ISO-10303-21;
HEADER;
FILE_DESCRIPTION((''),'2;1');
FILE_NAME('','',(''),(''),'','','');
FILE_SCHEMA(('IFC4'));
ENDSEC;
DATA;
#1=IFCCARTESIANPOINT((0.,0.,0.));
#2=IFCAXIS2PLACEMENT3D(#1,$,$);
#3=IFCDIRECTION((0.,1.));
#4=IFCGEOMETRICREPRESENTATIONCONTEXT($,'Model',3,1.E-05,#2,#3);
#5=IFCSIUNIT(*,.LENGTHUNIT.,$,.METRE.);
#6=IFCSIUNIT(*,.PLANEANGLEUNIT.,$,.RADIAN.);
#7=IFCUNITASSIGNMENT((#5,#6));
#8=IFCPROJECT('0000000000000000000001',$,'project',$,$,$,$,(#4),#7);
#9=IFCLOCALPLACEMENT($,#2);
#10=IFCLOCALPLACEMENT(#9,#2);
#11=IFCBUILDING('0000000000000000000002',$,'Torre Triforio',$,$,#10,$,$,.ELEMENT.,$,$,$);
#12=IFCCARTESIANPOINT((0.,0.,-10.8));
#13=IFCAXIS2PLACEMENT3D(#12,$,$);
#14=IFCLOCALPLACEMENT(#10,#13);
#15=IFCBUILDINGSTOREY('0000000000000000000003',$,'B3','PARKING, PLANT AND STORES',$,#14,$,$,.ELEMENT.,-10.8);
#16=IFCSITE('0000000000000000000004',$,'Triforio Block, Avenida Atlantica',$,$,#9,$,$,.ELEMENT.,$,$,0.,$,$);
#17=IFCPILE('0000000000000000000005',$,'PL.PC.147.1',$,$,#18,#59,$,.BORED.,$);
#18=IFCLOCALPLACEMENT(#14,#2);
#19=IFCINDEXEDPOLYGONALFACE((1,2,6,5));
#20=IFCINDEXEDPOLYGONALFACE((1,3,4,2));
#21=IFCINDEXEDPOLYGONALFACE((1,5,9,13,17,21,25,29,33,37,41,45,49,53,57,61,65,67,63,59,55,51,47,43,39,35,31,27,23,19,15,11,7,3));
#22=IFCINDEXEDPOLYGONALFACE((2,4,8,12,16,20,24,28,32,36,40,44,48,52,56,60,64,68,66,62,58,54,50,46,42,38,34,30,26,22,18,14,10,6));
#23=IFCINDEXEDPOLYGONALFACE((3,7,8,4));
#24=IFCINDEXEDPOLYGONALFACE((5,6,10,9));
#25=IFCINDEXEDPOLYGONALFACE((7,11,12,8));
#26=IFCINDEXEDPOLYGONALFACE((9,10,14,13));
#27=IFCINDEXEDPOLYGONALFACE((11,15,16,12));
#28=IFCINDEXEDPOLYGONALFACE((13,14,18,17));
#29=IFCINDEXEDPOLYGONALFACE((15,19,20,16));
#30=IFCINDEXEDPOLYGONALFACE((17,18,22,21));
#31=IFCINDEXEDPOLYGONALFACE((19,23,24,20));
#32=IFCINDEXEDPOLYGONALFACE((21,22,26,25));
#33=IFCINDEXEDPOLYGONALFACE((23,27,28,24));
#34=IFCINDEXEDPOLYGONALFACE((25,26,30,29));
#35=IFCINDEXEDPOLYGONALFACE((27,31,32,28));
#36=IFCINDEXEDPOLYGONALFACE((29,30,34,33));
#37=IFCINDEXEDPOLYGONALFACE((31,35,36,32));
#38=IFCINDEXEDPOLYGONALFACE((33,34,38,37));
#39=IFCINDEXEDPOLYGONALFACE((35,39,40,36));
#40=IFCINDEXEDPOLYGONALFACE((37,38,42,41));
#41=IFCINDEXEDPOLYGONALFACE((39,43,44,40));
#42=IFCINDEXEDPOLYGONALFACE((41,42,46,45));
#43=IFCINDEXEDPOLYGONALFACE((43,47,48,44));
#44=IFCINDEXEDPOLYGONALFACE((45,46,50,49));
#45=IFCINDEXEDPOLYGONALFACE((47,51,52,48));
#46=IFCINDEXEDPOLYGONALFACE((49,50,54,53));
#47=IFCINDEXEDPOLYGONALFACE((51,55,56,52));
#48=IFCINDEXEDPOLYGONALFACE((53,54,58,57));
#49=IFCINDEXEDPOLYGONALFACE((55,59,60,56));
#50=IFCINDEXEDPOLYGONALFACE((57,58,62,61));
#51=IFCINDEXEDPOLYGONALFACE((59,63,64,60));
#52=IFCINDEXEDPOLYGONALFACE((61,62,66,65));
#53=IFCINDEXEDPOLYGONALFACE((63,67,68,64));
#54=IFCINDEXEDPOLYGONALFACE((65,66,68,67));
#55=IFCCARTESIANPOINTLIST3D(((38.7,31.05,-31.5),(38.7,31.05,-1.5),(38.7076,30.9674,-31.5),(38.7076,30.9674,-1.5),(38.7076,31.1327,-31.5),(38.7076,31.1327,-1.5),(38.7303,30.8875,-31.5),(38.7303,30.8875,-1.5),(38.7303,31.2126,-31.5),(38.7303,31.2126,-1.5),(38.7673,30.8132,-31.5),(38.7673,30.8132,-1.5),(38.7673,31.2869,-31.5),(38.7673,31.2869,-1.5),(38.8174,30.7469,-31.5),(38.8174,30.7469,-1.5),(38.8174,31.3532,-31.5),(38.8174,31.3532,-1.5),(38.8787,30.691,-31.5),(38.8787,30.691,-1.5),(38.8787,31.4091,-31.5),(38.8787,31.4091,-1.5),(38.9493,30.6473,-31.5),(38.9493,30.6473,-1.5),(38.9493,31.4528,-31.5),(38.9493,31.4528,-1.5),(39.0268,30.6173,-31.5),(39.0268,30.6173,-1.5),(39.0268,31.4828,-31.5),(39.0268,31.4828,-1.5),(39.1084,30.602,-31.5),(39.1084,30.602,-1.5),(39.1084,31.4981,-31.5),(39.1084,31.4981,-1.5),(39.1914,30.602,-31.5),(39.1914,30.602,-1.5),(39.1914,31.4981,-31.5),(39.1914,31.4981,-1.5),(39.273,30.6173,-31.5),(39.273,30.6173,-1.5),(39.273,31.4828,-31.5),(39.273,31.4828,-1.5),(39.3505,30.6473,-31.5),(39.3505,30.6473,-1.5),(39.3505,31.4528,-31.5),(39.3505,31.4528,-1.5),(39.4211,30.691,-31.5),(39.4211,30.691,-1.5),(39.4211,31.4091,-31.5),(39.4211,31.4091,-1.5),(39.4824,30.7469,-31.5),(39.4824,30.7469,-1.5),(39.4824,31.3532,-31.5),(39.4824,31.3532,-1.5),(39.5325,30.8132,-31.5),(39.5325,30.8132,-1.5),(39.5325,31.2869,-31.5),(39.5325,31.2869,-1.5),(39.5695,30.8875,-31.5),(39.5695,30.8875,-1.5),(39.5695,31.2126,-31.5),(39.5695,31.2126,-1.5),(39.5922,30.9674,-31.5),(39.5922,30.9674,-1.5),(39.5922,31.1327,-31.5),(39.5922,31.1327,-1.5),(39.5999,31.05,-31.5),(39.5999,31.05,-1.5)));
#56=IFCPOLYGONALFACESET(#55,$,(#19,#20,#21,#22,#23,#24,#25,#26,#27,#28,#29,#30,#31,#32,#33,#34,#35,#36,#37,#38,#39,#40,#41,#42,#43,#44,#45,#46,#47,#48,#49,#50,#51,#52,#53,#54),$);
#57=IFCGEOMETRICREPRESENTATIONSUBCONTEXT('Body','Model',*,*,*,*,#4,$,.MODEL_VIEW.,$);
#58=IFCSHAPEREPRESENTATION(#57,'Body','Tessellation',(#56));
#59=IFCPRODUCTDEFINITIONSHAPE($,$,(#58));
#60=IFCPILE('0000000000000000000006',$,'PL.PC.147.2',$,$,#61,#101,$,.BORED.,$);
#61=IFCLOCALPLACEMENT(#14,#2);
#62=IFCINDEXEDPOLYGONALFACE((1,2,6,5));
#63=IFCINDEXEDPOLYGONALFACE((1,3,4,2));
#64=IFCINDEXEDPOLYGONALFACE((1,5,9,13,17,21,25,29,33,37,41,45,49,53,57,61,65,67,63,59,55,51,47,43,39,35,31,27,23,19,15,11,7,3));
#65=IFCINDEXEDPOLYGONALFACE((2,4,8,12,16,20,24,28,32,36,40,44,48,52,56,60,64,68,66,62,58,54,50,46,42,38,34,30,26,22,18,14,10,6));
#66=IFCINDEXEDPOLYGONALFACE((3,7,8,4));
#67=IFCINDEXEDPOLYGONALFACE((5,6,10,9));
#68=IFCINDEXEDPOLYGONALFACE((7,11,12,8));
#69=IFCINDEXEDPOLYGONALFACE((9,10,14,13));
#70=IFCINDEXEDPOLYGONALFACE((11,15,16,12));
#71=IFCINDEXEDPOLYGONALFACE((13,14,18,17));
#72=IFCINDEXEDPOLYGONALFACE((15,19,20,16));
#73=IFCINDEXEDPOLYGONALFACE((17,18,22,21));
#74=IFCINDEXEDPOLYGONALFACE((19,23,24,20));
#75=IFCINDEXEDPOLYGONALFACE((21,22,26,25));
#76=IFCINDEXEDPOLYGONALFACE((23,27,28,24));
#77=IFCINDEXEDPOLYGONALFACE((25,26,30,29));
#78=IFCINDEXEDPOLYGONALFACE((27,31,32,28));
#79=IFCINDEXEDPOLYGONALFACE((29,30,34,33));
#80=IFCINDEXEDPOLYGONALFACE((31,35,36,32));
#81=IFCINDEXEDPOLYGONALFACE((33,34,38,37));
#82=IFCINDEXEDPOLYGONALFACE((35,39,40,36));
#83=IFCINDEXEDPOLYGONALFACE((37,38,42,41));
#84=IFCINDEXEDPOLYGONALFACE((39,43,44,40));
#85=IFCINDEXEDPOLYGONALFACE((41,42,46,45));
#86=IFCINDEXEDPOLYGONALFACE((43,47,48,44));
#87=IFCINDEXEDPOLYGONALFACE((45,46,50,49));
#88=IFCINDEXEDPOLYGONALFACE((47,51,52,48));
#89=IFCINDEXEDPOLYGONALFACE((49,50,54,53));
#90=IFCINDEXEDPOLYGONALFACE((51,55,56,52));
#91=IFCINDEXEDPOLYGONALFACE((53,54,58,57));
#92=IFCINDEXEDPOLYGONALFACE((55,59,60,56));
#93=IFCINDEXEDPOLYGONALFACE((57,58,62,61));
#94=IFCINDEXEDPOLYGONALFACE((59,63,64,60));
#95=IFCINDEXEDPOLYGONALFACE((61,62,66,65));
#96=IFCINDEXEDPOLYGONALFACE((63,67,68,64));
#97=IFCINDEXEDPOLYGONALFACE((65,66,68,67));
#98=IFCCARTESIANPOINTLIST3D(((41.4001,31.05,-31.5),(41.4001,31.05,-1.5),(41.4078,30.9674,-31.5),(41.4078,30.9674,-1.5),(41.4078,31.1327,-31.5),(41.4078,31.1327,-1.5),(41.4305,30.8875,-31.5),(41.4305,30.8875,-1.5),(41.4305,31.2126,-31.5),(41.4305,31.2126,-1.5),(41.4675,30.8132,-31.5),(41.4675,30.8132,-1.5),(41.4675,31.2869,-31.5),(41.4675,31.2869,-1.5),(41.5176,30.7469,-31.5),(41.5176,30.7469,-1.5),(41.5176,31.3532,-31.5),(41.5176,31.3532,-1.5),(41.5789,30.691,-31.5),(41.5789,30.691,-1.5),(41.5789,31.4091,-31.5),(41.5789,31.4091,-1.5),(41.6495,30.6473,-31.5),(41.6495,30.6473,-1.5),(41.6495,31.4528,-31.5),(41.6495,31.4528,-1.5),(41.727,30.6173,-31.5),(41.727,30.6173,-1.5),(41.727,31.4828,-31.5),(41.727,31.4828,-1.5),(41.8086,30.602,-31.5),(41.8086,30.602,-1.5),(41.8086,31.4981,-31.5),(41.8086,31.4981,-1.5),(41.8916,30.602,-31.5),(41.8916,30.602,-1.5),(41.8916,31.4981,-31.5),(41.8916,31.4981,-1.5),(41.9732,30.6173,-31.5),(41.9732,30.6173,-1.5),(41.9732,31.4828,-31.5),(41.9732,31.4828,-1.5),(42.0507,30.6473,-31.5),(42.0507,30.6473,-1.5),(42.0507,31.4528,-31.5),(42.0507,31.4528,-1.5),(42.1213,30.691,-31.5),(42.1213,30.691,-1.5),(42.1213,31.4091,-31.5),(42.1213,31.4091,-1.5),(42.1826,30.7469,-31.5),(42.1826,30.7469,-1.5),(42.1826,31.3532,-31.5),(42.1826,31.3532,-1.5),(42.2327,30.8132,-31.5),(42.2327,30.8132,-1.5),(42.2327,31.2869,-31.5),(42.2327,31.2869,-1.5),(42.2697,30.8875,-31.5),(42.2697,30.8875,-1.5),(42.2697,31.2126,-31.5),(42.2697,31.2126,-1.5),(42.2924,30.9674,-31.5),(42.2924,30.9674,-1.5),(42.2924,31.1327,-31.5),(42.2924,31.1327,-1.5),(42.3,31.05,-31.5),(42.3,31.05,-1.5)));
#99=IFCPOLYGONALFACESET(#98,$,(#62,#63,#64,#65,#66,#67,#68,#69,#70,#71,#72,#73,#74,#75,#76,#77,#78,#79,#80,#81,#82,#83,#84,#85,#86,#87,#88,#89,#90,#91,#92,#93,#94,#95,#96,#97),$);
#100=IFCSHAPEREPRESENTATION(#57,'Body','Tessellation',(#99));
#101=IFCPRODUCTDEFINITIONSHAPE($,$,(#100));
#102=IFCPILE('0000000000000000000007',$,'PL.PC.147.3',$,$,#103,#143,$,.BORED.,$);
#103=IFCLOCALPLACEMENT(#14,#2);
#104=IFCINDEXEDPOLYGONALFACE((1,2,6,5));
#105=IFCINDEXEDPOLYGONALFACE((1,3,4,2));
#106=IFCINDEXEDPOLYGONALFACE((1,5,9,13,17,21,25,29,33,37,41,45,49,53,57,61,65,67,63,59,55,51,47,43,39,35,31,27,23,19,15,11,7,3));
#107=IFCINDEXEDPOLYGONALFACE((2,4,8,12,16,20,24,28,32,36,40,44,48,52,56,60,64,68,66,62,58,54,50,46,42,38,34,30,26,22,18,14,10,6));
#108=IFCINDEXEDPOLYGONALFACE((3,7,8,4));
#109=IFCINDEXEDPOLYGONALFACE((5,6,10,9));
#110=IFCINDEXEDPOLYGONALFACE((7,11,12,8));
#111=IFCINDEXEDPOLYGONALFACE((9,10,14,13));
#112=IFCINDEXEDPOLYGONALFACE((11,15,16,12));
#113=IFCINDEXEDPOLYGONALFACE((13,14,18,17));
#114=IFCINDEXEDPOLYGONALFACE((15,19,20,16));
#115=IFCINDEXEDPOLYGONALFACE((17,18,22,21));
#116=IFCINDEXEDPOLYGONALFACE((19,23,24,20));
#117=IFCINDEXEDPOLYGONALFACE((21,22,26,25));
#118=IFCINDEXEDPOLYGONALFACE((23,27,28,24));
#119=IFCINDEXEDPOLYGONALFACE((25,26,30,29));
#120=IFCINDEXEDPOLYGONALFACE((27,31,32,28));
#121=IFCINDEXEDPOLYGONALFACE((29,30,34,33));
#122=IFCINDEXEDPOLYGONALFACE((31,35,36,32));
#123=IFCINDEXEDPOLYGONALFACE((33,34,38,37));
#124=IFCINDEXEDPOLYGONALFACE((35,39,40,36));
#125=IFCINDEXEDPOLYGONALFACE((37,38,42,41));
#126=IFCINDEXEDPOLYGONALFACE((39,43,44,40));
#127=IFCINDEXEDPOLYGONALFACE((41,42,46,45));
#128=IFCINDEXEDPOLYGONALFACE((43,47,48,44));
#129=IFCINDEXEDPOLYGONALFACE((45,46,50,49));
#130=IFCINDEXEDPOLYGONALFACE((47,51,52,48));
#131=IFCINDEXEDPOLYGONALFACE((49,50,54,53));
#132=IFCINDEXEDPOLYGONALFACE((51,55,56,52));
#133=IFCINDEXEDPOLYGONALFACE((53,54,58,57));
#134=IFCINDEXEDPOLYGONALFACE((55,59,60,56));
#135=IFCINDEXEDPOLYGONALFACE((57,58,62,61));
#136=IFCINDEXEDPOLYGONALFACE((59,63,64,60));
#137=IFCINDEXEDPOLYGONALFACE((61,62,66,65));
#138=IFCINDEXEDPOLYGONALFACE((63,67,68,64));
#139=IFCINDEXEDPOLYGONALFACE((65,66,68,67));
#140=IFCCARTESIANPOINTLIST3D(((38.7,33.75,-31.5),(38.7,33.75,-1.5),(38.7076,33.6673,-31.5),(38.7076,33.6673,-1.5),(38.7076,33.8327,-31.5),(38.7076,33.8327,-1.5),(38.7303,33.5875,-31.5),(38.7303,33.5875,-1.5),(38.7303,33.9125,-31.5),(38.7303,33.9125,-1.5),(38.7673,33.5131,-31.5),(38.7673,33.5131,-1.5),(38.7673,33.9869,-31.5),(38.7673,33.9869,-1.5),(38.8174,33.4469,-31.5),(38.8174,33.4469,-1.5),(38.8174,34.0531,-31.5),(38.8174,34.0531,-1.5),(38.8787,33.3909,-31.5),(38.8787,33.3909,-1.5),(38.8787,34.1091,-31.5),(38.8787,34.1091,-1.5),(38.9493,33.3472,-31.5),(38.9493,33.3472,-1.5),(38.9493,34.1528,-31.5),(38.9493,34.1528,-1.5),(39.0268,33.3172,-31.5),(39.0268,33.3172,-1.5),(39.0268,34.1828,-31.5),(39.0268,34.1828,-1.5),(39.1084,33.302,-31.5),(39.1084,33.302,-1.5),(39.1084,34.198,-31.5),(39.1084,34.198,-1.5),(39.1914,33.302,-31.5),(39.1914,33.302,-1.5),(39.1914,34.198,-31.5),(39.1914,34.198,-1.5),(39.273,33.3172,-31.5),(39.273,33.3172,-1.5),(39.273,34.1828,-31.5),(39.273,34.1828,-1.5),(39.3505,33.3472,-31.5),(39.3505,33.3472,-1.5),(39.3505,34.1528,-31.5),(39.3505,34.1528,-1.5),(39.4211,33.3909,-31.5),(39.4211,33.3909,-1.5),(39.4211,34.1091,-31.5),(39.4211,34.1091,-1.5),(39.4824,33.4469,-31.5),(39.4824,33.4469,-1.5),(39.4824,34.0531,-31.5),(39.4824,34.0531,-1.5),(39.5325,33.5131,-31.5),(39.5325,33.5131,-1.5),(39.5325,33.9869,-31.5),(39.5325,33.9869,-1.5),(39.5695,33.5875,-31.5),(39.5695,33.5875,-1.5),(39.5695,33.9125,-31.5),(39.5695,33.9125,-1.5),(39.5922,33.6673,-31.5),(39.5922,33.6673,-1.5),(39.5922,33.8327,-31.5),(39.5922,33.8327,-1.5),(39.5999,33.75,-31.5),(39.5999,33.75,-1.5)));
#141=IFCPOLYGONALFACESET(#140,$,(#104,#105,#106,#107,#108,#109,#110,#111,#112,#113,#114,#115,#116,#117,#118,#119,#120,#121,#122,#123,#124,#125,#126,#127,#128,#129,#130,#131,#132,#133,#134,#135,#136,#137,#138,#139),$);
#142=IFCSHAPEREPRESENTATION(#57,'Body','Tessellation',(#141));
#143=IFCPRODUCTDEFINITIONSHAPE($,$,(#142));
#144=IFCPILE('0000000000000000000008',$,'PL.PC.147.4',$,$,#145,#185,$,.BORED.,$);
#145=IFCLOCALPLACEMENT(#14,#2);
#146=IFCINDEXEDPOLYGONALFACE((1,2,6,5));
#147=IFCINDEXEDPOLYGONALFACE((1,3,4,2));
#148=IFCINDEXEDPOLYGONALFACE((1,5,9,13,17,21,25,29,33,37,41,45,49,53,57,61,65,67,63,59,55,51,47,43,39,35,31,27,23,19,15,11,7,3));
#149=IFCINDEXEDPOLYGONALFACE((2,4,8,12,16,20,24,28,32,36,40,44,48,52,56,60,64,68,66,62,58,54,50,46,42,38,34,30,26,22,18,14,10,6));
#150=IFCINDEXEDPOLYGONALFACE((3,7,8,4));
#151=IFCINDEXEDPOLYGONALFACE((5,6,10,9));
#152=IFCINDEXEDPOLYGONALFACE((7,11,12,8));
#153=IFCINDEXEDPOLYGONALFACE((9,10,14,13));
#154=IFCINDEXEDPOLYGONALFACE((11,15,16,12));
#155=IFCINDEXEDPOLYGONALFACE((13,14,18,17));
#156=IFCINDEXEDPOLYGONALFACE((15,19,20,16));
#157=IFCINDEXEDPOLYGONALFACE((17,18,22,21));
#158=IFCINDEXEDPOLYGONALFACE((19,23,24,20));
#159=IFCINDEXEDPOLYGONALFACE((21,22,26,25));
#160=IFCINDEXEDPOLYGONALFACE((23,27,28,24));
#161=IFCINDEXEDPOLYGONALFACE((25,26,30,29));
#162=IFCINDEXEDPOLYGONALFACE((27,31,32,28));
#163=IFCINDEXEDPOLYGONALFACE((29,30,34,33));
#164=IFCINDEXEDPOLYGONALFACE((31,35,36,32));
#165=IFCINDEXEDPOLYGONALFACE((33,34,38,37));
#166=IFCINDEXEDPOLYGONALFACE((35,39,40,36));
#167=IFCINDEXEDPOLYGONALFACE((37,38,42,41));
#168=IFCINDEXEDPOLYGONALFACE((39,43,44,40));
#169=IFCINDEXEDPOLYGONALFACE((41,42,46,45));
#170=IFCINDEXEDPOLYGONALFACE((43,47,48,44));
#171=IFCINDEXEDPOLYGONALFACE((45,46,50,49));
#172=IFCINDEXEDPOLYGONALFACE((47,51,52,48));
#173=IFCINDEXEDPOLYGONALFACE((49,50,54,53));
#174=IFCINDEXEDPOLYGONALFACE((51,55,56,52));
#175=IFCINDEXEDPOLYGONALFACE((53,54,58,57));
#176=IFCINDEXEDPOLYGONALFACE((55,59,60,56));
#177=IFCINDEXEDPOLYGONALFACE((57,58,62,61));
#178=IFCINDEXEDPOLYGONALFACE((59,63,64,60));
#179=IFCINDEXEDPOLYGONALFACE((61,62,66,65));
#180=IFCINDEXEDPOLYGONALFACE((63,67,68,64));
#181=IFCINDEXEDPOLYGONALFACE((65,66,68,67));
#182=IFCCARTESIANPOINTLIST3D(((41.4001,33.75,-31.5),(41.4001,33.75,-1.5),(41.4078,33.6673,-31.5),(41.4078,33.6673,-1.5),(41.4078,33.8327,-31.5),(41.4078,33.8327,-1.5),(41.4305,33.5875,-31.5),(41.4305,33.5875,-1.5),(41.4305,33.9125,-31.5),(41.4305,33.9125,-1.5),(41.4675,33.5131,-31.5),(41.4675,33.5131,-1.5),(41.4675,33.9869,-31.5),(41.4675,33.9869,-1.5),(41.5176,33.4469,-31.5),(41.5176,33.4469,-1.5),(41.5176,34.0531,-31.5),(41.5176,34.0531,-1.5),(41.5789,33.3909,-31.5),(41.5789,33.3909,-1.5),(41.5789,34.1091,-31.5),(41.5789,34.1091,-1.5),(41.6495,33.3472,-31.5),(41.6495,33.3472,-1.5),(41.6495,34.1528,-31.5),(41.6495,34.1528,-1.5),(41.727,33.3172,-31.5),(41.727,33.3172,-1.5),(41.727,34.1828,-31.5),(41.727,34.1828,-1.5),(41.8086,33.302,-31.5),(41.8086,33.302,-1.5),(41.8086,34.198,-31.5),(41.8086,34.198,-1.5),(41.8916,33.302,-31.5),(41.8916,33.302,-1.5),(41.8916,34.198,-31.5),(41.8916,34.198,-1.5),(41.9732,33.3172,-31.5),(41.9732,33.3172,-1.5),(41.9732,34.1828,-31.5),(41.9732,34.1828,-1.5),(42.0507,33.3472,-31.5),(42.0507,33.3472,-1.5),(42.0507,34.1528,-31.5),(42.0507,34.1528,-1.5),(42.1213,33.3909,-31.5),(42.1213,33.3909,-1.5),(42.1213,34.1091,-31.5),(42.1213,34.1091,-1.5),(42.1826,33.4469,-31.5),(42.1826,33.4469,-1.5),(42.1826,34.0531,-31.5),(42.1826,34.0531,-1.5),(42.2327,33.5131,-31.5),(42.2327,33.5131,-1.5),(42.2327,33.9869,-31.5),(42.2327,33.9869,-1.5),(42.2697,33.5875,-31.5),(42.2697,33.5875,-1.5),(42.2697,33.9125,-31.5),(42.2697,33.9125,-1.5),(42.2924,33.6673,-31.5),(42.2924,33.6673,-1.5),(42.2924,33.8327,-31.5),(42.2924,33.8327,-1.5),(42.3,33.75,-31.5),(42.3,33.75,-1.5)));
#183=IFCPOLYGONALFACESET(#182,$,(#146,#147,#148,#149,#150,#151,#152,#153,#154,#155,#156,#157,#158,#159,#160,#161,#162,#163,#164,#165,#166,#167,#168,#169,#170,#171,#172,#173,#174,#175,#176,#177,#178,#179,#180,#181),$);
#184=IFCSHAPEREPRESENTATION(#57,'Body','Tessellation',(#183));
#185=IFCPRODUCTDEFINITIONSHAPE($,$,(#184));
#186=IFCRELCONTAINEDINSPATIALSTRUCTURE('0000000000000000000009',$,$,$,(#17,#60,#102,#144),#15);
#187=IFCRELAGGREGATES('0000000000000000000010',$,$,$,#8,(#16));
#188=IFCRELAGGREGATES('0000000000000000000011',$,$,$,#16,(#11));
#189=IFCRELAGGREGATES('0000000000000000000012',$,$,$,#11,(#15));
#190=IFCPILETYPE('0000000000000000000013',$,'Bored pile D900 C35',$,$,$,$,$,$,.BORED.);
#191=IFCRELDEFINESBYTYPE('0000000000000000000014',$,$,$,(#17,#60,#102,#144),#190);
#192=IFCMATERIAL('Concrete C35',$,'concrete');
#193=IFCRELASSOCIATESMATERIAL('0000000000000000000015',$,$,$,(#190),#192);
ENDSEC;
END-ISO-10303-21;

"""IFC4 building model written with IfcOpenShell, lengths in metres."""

from ifc_helpers import new_model, si_unit, direction, frame, origin, origin_2d, place, context, subcontext, project, spatial, circle, extrude, material, material_profile, profile_set, type_object, element, save


model = new_model("IFC4")

# Units and contexts
model_context = context("Model", 3, precision=1e-05, world=origin(), true_north=direction((0.0, 1.0)))
body_context = subcontext(model_context, "Body", "Model", "MODEL_VIEW")
ifc_project = project(units=[si_unit("LENGTHUNIT", "METRE"), si_unit("PLANEANGLEUNIT", "RADIAN")], contexts=[model_context])

# Site, building, storey
site_placement = place(None, origin())
site = spatial("IfcSite", under=ifc_project, at=site_placement, Name="Triforio Block, Avenida Atlantica", CompositionType="ELEMENT", RefElevation=0.0)
building_placement = place(site_placement, origin())
building = spatial("IfcBuilding", under=site, at=building_placement, Name="Torre Triforio", CompositionType="ELEMENT")
storey_placement = place(building_placement, frame((0.0, 0.0, -10.8)))
storey = spatial("IfcBuildingStorey", under=building, at=storey_placement, Name="B3", Description="PARKING, PLANT AND STORES", CompositionType="ELEMENT", Elevation=-10.8)

# Piles
ifc_material_1 = material(Name="Concrete C35", Category="concrete")
ifc_material_profile_1 = material_profile(ifc_material_1, circle(Radius=0.45, at=origin_2d()), Name="RC D900")
ifc_profile_set_1 = profile_set([ifc_material_profile_1], Name="Concrete C35")
pile_type = type_object("IfcPileType", Name="Bored pile D900 C35", PredefinedType="BORED", material=ifc_profile_set_1)
for number, where, z_axis, x_axis, name in (
    (1, (39.1499, 31.05, -1.5), (0.0, 0.0, -1.0), (1.0, 0.0, 0.0), "PL.PC.147.1"),
    (2, (41.8501, 31.05, -1.5), (0.0, 0.0, -1.0), (1.0, 0.0, 0.0), "PL.PC.147.2"),
    (3, (39.1499, 33.75, -1.5), (0.0, 0.0, -1.0), (1.0, 0.0, 0.0), "PL.PC.147.3"),
    (4, (41.8501, 33.75, -1.5), (0.0, 0.0, -1.0), (1.0, 0.0, 0.0), "PL.PC.147.4"),
):
    element("IfcPile", number, at=place(storey_placement, frame(where, z_axis=z_axis, x_axis=x_axis)), inside=storey, type_object=pile_type, Name=name, PredefinedType="BORED", context=body_context, shape_type="SweptSolid", body=[
        extrude(circle(Radius=0.45, at=origin_2d()), origin(), (0.0, 0.0, 1.0), 30.0),
    ])

save(model, "model.ifc")
